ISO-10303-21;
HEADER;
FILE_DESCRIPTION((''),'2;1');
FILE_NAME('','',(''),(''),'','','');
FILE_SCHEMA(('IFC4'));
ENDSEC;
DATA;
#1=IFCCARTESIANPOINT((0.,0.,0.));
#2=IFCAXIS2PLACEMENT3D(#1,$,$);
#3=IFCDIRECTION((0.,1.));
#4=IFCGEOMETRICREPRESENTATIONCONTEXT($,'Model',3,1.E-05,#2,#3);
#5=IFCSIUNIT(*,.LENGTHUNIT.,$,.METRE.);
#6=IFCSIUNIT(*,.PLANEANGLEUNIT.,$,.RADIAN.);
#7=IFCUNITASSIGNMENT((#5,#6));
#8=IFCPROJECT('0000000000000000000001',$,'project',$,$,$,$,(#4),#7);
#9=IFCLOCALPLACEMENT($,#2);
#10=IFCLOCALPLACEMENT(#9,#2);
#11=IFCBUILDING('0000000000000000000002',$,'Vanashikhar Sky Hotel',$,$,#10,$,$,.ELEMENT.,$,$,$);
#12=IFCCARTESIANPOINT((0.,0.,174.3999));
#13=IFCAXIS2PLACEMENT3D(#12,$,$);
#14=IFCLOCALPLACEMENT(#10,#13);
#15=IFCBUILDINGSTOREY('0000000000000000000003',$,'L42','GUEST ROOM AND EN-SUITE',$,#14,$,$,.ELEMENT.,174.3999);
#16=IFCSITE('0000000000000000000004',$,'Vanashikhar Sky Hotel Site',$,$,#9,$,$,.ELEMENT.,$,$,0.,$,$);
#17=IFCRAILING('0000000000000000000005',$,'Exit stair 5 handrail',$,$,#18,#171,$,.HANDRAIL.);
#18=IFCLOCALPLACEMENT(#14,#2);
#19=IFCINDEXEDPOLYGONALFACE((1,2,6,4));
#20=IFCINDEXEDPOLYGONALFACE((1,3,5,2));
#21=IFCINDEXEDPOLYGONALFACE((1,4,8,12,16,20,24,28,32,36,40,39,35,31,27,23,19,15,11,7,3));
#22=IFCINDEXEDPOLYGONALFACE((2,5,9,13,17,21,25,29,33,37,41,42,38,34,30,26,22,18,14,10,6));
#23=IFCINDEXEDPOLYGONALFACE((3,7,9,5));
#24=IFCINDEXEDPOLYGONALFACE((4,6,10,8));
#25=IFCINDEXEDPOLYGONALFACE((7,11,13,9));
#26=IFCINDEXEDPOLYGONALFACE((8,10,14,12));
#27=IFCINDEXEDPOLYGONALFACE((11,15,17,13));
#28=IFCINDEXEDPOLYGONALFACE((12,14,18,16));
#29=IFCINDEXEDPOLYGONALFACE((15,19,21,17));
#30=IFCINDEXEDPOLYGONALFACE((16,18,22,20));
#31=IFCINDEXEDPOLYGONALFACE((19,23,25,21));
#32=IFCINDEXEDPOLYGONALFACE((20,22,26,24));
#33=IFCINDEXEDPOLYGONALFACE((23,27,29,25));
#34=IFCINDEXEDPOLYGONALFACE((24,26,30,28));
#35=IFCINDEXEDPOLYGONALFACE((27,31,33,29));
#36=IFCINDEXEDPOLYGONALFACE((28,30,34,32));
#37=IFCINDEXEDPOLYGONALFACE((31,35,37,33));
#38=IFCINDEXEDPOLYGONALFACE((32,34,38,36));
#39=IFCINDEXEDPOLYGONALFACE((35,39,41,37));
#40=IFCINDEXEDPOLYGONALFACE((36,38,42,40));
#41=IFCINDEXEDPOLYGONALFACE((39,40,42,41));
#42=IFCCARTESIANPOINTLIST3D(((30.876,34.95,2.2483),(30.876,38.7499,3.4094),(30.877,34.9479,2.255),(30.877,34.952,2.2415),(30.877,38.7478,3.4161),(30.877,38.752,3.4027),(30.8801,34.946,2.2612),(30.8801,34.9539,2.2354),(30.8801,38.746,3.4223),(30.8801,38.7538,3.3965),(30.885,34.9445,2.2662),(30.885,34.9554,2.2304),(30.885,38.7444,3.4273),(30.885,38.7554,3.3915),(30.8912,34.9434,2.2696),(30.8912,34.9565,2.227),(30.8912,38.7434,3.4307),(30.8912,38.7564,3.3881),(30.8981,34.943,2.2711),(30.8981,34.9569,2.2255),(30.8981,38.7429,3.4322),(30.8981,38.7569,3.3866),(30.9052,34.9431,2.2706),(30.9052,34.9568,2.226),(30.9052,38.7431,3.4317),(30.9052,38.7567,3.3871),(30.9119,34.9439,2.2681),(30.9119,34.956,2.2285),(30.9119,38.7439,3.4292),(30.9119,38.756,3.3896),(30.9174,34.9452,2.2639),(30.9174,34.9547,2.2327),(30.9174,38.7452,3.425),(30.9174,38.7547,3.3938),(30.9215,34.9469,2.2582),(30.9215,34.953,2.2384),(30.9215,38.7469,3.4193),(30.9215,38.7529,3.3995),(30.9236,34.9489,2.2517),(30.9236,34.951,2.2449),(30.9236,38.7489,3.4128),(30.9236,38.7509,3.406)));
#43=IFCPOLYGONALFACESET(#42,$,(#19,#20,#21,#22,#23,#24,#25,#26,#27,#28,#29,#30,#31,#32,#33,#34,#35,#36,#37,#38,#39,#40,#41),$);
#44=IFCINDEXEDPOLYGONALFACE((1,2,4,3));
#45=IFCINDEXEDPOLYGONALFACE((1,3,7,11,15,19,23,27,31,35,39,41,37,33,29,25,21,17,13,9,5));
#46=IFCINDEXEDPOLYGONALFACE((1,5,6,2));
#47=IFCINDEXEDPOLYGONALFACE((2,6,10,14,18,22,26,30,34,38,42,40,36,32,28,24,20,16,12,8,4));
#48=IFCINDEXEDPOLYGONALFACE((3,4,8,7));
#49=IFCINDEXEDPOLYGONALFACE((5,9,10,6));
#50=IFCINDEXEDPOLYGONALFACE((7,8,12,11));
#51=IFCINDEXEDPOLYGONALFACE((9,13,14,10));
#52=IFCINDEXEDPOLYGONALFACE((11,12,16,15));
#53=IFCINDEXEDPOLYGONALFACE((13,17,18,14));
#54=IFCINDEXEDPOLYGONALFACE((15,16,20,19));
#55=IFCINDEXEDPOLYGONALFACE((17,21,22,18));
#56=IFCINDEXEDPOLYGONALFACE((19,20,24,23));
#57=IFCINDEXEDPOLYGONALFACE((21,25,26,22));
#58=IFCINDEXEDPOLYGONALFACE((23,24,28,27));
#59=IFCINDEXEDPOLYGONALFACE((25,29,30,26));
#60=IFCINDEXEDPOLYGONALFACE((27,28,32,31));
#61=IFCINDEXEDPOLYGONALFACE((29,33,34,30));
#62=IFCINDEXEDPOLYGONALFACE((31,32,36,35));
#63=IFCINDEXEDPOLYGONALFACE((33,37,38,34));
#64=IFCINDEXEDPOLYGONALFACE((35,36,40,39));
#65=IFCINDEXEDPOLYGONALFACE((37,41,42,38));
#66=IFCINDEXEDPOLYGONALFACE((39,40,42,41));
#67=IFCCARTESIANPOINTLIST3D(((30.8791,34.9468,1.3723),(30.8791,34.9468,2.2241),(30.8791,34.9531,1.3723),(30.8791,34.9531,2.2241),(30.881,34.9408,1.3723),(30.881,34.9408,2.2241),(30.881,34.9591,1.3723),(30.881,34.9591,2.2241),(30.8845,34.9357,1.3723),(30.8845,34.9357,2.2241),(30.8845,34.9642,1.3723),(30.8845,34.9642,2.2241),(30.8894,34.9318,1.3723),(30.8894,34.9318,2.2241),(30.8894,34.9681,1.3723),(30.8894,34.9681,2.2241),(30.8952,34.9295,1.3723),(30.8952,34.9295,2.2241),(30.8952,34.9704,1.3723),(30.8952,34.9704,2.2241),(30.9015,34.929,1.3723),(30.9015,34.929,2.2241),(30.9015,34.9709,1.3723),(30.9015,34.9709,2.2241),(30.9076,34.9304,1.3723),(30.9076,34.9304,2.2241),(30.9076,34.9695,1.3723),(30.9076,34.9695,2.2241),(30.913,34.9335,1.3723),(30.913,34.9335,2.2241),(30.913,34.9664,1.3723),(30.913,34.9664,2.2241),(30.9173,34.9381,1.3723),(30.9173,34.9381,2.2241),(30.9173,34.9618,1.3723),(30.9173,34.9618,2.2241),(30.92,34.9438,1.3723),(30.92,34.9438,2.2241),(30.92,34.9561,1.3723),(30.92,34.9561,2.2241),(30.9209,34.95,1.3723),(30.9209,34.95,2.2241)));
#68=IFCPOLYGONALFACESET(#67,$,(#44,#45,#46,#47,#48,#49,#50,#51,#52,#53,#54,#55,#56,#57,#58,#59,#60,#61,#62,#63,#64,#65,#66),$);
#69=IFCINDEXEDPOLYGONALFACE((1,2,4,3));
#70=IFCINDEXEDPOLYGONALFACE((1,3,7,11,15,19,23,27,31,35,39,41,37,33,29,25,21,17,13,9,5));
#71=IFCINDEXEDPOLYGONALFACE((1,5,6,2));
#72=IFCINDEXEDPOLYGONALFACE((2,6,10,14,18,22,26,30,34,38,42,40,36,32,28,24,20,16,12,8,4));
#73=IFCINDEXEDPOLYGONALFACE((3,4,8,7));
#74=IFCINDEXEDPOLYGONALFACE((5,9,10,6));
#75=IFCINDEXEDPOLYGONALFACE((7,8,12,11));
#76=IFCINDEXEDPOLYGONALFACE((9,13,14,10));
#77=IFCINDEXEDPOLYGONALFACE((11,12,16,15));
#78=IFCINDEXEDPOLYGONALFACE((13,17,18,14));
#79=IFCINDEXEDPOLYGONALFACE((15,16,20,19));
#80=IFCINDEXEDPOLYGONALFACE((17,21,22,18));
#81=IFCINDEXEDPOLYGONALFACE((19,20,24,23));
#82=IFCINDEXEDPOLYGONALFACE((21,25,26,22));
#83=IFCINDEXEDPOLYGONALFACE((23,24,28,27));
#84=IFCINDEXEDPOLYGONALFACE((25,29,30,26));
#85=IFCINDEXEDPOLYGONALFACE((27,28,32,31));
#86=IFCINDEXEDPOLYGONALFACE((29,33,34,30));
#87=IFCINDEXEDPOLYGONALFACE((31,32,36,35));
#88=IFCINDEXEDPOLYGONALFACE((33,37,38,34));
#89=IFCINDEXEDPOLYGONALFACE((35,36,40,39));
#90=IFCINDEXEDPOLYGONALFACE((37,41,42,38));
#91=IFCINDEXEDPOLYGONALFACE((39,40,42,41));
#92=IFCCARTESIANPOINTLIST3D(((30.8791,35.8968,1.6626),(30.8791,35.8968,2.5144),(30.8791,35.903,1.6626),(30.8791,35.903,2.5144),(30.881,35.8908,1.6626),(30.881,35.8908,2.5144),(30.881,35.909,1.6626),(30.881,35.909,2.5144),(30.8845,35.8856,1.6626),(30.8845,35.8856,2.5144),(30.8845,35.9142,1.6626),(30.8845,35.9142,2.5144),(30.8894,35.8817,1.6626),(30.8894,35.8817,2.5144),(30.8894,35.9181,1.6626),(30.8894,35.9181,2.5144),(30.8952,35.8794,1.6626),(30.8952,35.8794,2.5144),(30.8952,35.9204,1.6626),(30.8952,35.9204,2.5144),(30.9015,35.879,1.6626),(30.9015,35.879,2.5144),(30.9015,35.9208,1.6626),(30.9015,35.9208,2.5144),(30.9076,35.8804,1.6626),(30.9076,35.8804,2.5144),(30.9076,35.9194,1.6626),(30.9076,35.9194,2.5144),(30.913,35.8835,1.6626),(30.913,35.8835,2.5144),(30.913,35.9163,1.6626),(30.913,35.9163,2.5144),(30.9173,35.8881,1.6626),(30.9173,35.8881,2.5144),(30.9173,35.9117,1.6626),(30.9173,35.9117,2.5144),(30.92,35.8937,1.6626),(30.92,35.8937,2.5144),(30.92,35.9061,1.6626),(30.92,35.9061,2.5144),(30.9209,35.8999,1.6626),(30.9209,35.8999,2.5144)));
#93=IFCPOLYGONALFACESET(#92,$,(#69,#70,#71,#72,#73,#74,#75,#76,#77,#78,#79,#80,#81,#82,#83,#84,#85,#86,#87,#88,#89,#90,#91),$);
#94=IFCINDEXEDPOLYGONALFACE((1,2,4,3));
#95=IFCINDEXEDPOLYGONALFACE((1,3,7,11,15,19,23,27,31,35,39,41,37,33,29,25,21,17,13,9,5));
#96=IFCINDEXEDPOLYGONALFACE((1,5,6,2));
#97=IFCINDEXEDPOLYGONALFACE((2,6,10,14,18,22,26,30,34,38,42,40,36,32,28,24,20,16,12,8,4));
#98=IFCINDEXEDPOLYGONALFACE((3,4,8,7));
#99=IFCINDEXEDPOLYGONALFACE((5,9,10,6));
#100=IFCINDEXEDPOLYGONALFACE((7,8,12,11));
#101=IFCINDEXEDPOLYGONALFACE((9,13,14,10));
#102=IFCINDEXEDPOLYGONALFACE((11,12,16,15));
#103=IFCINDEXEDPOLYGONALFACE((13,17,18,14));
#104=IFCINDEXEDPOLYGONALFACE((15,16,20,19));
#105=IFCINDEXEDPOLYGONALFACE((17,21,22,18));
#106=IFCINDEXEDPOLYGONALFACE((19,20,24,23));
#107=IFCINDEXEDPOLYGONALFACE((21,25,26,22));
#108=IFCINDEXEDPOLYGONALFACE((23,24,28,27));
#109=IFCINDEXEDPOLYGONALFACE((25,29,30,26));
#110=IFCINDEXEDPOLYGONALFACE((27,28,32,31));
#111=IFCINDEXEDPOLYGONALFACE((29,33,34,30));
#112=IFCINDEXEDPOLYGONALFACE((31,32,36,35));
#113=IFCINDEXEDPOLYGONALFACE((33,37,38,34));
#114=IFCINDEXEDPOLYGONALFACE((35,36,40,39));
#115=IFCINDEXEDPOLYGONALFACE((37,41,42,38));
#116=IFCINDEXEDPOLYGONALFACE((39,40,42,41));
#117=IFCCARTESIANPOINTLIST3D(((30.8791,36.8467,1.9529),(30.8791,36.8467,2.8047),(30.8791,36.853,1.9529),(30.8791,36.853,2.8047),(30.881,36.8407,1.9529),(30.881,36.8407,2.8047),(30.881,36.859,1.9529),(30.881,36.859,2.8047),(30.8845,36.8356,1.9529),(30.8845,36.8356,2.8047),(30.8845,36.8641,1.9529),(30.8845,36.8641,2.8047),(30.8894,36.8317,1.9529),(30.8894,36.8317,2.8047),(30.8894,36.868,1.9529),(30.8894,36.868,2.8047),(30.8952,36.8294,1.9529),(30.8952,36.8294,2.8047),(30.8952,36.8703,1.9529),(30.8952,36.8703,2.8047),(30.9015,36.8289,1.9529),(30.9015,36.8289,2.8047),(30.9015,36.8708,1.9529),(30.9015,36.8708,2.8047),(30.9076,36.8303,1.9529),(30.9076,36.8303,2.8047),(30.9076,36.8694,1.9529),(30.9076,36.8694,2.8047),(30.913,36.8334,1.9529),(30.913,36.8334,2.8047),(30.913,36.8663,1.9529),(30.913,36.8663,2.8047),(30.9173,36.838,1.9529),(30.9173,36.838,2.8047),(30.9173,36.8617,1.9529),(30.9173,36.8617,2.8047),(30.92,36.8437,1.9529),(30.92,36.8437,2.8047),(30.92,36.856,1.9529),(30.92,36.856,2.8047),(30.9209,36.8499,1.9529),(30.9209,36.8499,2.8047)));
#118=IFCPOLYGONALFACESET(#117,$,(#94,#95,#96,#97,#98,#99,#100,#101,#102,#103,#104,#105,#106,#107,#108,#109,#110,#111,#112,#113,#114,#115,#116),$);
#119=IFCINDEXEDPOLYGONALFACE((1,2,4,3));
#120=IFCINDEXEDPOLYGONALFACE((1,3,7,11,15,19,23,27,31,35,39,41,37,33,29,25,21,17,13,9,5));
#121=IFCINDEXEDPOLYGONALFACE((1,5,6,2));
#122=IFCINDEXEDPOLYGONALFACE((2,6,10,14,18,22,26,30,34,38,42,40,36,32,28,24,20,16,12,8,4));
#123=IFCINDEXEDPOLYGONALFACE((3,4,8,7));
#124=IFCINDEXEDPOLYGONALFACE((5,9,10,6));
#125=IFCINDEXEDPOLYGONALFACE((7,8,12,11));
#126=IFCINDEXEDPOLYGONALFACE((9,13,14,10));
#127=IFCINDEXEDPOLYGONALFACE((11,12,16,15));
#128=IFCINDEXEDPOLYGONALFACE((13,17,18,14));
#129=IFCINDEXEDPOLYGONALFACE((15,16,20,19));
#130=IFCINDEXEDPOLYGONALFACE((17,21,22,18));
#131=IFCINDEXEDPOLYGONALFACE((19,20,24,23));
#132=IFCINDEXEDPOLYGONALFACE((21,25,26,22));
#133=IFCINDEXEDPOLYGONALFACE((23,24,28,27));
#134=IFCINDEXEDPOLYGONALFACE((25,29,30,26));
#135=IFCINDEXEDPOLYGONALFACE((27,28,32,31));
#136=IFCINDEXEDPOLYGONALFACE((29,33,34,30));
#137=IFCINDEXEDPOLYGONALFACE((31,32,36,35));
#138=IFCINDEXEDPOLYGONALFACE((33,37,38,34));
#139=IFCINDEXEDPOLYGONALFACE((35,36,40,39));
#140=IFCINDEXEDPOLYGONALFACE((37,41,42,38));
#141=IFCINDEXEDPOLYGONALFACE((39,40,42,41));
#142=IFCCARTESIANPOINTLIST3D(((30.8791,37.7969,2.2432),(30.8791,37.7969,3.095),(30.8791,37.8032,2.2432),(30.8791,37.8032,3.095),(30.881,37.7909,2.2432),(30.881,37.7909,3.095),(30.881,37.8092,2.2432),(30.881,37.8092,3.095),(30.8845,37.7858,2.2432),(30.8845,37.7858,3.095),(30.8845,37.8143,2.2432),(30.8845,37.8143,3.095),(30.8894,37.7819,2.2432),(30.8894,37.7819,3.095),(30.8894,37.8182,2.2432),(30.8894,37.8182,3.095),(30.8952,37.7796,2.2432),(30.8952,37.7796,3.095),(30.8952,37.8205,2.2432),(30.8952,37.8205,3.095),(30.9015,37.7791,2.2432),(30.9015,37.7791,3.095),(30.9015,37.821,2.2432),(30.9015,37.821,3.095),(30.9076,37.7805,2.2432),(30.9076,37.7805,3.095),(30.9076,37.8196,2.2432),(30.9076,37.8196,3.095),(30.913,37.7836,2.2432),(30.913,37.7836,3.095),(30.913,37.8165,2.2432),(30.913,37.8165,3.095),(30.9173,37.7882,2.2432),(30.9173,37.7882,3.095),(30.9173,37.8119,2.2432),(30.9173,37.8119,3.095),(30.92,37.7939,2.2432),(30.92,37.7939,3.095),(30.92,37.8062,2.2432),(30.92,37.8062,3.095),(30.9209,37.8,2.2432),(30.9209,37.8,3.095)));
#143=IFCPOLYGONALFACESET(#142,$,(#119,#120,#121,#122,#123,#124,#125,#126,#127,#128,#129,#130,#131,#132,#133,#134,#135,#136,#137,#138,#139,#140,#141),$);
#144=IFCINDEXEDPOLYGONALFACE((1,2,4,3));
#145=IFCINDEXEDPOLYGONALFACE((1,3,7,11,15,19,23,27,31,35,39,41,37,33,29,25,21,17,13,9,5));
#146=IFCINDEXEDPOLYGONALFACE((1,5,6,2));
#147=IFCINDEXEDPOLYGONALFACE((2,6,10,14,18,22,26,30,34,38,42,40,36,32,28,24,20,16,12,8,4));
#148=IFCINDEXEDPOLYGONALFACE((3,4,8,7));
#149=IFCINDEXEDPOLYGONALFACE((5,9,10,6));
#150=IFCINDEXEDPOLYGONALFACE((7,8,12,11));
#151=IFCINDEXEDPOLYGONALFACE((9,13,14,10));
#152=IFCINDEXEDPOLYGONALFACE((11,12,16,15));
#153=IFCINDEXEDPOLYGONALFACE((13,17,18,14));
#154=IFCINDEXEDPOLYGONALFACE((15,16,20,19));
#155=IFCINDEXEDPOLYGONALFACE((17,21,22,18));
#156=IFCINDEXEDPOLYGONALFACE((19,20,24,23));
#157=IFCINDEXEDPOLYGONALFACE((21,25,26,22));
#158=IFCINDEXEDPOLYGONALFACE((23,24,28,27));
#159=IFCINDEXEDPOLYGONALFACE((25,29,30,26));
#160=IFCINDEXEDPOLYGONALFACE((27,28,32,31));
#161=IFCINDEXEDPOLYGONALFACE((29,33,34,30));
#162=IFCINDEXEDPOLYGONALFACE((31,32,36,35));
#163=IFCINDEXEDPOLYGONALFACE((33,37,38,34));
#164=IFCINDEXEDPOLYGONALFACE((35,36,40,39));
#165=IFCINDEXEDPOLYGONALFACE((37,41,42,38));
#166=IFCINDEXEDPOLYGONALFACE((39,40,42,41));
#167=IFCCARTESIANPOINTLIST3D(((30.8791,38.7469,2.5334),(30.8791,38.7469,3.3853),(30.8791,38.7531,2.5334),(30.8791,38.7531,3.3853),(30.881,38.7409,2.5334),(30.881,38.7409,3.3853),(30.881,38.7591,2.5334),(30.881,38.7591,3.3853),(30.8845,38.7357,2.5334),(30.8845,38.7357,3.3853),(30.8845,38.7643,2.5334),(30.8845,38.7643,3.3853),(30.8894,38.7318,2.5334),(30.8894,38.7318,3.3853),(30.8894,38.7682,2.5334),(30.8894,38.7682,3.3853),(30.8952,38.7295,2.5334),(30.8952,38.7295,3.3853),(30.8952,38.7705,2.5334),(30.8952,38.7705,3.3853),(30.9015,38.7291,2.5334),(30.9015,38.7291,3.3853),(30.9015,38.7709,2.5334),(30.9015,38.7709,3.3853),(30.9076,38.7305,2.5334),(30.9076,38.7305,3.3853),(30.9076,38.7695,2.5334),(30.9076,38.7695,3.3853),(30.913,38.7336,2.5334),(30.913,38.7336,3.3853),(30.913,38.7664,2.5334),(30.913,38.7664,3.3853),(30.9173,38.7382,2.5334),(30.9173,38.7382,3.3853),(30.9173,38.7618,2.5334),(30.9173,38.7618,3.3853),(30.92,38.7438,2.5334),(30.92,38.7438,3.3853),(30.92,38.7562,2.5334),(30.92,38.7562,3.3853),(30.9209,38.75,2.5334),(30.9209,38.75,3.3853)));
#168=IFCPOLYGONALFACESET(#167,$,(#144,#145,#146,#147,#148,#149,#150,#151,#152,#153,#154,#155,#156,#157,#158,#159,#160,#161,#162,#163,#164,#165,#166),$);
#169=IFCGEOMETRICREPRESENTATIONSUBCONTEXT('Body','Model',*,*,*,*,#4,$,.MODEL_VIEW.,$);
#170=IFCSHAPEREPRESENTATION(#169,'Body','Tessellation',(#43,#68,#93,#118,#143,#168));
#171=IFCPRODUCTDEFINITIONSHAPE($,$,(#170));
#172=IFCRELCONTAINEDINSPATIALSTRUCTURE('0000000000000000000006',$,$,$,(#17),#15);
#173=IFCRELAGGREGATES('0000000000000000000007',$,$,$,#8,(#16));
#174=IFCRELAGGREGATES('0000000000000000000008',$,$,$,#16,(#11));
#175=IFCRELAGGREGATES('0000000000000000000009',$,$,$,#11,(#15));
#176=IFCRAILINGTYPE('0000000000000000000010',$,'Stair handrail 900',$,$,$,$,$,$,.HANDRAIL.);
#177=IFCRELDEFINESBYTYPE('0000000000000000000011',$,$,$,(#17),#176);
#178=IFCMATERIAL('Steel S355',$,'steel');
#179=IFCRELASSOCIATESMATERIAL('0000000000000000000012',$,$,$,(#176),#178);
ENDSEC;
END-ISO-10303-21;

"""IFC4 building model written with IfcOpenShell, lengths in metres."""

from ifc_helpers import new_model, si_unit, direction, frame, origin, origin_2d, place, context, subcontext, project, spatial, circle, extrude, source, transform, mapped, material, type_object, element, save


model = new_model("IFC4")

# Units and contexts
model_context = context("Model", 3, precision=1e-05, world=origin(), true_north=direction((0.0, 1.0)))
body_context = subcontext(model_context, "Body", "Model", "MODEL_VIEW")
ifc_project = project(units=[si_unit("LENGTHUNIT", "METRE"), si_unit("PLANEANGLEUNIT", "RADIAN")], contexts=[model_context])

# Site, building, storey
site_placement = place(None, origin())
site = spatial("IfcSite", under=ifc_project, at=site_placement, Name="Vanashikhar Sky Hotel Site", CompositionType="ELEMENT", RefElevation=0.0)
building_placement = place(site_placement, origin())
building = spatial("IfcBuilding", under=site, at=building_placement, Name="Vanashikhar Sky Hotel", CompositionType="ELEMENT")
storey_placement = place(building_placement, frame((0.0, 0.0, 174.3999)))
storey = spatial("IfcBuildingStorey", under=building, at=storey_placement, Name="L42", Description="GUEST ROOM AND EN-SUITE", CompositionType="ELEMENT", Elevation=174.3999)

# Railing
ifc_material_1 = material(Name="Steel S355", Category="steel")
railing_type = type_object("IfcRailingType", Name="Stair handrail 900", PredefinedType="HANDRAIL", material=ifc_material_1)
shared_shape_1 = source(origin(), body_context, "Body", "SweptSolid", [
    extrude(circle(Radius=0.0239, at=origin_2d()), frame((0.0, 0.0, 0.876), z_axis=(0.0, 0.956351, 0.29222), x_axis=(-1.0, 0.0, 0.0)), (0.0, 0.0, 1.0), 3.9734),
    extrude(circle(Radius=0.021, at=origin_2d()), origin(), (0.0, 0.0, 1.0), 0.8518),
    extrude(circle(Radius=0.021, at=origin_2d()), frame((0.0, 0.95, 0.2903)), (0.0, 0.0, 1.0), 0.8518),
    extrude(circle(Radius=0.021, at=origin_2d()), frame((0.0, 1.8999, 0.5806)), (0.0, 0.0, 1.0), 0.8518),
    extrude(circle(Radius=0.021, at=origin_2d()), frame((0.0, 2.8501, 0.8708)), (0.0, 0.0, 1.0), 0.8518),
    extrude(circle(Radius=0.021, at=origin_2d()), frame((0.0, 3.8, 1.1611)), (0.0, 0.0, 1.0), 0.8518),
])
for number, where, name in (
    (1, (30.8999, 34.95, 1.3723), "Exit stair 5 handrail"),
):
    element("IfcRailing", number, at=place(storey_placement, frame(where)), inside=storey, type_object=railing_type, Name=name, PredefinedType="HANDRAIL", context=body_context, shape_type="MappedRepresentation", body=[
        mapped(shared_shape_1, transform((0.0, 0.0, 0.0), scale=1.0)),
    ])

save(model, "model.ifc")
